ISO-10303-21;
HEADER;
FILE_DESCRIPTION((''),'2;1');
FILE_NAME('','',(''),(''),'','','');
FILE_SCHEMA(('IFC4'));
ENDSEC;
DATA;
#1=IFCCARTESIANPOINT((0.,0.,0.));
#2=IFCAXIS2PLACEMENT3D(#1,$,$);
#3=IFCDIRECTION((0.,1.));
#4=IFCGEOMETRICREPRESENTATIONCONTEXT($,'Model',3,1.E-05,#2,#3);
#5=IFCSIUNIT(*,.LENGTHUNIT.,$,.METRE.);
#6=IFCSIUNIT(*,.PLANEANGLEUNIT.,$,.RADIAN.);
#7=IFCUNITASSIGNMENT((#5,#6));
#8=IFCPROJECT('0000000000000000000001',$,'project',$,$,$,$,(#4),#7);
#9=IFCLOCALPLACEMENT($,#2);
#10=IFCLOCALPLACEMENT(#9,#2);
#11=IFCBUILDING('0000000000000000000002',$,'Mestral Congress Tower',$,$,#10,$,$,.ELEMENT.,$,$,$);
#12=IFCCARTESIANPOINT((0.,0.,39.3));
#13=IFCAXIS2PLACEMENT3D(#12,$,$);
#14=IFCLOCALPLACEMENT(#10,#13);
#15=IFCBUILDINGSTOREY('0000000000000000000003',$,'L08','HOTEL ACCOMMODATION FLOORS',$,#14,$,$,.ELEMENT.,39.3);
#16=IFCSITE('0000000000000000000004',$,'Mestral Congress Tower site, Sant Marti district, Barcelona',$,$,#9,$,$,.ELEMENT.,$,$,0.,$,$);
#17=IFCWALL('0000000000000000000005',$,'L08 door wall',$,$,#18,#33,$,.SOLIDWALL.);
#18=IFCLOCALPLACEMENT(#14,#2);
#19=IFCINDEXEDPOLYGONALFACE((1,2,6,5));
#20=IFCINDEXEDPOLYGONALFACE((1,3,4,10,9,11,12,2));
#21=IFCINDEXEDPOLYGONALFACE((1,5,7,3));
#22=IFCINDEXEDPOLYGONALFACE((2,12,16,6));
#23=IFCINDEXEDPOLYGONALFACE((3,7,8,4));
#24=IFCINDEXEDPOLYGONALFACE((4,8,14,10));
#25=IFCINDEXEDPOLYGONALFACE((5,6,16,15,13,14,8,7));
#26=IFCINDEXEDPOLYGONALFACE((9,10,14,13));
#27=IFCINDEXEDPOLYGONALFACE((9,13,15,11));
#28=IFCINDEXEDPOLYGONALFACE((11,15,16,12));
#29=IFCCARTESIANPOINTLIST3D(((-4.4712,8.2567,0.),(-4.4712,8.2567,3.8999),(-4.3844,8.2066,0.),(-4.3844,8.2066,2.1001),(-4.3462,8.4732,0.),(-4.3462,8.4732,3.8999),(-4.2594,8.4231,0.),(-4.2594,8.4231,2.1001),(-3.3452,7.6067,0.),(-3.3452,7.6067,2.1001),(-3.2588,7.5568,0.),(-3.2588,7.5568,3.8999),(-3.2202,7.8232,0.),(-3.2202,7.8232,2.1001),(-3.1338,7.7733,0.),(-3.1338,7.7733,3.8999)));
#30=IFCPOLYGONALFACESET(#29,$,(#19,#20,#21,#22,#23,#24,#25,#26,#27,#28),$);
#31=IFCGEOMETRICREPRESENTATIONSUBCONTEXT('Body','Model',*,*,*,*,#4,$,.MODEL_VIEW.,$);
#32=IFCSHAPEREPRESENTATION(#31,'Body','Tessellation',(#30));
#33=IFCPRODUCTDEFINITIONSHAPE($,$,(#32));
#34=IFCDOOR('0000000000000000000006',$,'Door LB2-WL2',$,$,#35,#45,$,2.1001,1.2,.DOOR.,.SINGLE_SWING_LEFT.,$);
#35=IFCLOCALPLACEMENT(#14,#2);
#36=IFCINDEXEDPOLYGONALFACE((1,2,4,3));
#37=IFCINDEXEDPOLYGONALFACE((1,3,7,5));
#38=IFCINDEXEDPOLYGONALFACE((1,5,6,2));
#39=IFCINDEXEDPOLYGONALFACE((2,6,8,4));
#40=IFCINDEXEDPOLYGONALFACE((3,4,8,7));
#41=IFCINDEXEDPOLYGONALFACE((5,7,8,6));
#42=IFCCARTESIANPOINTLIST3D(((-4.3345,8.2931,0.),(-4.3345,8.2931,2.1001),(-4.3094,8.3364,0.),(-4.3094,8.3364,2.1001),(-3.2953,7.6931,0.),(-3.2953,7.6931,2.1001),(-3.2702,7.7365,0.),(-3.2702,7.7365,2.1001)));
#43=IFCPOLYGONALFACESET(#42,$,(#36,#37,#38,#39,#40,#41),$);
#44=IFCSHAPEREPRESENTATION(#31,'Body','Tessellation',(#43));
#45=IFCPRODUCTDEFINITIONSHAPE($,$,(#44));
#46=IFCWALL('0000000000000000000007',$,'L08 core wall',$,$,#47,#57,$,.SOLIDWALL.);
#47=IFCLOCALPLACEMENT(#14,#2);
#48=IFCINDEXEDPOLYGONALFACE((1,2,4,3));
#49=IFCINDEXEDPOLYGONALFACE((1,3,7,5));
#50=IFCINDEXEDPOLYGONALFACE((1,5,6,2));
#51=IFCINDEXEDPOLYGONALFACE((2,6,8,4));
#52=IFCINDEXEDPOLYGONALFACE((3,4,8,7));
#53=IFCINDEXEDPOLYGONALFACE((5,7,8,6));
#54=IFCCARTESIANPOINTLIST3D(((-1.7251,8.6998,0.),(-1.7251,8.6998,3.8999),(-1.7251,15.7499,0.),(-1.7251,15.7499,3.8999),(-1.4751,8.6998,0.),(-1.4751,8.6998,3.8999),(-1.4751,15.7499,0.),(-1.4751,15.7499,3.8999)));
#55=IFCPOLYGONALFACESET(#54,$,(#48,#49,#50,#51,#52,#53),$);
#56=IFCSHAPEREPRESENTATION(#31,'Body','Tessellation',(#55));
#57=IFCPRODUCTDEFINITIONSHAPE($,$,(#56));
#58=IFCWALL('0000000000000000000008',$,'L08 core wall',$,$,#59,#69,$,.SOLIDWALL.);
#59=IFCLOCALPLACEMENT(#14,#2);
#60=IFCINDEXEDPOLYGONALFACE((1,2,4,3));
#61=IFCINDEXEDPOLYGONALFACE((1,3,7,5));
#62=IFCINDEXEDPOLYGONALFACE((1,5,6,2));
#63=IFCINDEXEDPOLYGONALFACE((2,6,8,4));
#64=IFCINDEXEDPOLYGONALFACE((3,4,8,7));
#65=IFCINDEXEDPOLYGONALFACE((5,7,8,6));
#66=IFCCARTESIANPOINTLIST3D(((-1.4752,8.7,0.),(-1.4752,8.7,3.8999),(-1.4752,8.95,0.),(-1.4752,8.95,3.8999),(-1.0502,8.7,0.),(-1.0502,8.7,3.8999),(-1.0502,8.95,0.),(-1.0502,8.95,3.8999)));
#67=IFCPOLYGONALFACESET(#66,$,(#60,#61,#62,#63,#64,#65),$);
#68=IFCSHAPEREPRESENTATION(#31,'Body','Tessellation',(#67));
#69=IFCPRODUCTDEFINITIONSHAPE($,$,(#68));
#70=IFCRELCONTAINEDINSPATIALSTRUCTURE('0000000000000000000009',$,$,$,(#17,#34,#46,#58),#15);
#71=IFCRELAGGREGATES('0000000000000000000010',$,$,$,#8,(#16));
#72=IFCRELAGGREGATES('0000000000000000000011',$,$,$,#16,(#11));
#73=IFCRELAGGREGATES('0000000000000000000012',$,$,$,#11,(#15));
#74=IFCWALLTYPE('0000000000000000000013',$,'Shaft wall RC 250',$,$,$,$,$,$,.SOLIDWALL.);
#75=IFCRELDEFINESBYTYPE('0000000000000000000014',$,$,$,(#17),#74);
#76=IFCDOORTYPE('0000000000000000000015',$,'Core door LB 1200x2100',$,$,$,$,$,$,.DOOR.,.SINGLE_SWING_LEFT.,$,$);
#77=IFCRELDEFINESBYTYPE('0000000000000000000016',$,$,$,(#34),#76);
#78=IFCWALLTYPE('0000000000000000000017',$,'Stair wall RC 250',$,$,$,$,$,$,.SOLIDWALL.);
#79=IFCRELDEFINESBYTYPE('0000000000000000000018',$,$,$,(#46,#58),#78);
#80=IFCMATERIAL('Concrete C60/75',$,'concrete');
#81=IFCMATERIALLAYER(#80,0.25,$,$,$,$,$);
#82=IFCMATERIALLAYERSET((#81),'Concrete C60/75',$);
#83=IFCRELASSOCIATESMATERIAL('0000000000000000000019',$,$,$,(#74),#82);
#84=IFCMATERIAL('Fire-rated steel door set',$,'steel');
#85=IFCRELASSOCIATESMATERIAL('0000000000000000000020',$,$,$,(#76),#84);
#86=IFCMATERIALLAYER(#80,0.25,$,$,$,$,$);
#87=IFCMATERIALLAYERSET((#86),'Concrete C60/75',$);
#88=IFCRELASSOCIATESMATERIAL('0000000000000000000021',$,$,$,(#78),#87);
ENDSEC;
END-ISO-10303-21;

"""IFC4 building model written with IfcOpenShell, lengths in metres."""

from ifc_helpers import new_model, si_unit, direction, frame, frame_2d, origin, place, context, subcontext, project, spatial, rectangle, extrude, material, layer, layer_set, type_object, element, fill, save


model = new_model("IFC4")

# Units and contexts
model_context = context("Model", 3, precision=1e-05, world=origin(), true_north=direction((0.0, 1.0)))
body_context = subcontext(model_context, "Body", "Model", "MODEL_VIEW")
ifc_project = project(units=[si_unit("LENGTHUNIT", "METRE"), si_unit("PLANEANGLEUNIT", "RADIAN")], contexts=[model_context])

# Site, building, storey
site_placement = place(None, origin())
site = spatial("IfcSite", under=ifc_project, at=site_placement, Name="Mestral Congress Tower site, Sant Marti district, Barcelona", CompositionType="ELEMENT", RefElevation=0.0)
building_placement = place(site_placement, origin())
building = spatial("IfcBuilding", under=site, at=building_placement, Name="Mestral Congress Tower", CompositionType="ELEMENT")
storey_placement = place(building_placement, frame((0.0, 0.0, 39.3)))
storey = spatial("IfcBuildingStorey", under=building, at=storey_placement, Name="L08", Description="HOTEL ACCOMMODATION FLOORS", CompositionType="ELEMENT", Elevation=39.3)

# Shared definitions
ifc_material_1 = material(Name="Fire-rated steel door set", Category="steel")

# Shared definitions
ifc_material_2 = material(Name="Concrete C60/75", Category="concrete")
ifc_layer_1 = layer(ifc_material_2, 0.25)
ifc_layer_set_1 = layer_set([ifc_layer_1], Name="Concrete C60/75")
wall_type_1 = type_object("IfcWallType", Name="Shaft wall RC 250", PredefinedType="SOLIDWALL", material=ifc_layer_set_1)

# Wall, opening, door
wall_1_placement = place(storey_placement, frame((-4.4087, 8.365, 0.0), z_axis=(0.0, 0.0, 1.0), x_axis=(0.866035, -0.499984, 0.0)))
wall_1 = element("IfcWall", 1, at=wall_1_placement, inside=storey, type_object=wall_type_1, Name="L08 door wall", PredefinedType="SOLIDWALL", context=body_context, shape_type="SweptSolid", body=[
    extrude(rectangle(XDim=1.3999, YDim=0.25, at=frame_2d((0.7, 0.0))), origin(), (0.0, 0.0, 1.0), 3.8999),
])
opening_1_placement = place(wall_1_placement, frame((0.1001, 0.0, 0.0)))
opening_1 = element("IfcOpeningElement", 2, at=opening_1_placement, cuts=wall_1, PredefinedType="OPENING", context=body_context, shape_type="SweptSolid", body=[
    extrude(rectangle(XDim=1.2, YDim=2.1001, at=frame_2d((0.6001, 1.05))), frame((0.0, 0.135, 0.0), z_axis=(0.0, -1.0, 0.0), x_axis=(1.0, 0.0, 0.0)), (0.0, 0.0, 1.0), 0.27),
])
door_type_1 = type_object("IfcDoorType", Name="Core door LB 1200x2100", OperationType="SINGLE_SWING_LEFT", PredefinedType="DOOR", material=ifc_material_1)
door_1_placement = place(opening_1_placement, origin())
door_1 = element("IfcDoor", 3, at=door_1_placement, inside=storey, type_object=door_type_1, Name="Door LB2-WL2", OperationType="SINGLE_SWING_LEFT", OverallHeight=2.1001, OverallWidth=1.2, PredefinedType="DOOR", context=body_context, shape_type="SweptSolid", body=[
    extrude(rectangle(XDim=1.2, YDim=2.1001, at=frame_2d((0.6001, 1.05))), frame((0.0, 0.0249, 0.0), z_axis=(0.0, -1.0, 0.0), x_axis=(1.0, 0.0, 0.0)), (0.0, 0.0, 1.0), 0.05),
])
fill(opening_1, door_1)

# Walls
ifc_layer_2 = layer(ifc_material_2, 0.25)
ifc_layer_set_2 = layer_set([ifc_layer_2], Name="Concrete C60/75")
wall_type_2 = type_object("IfcWallType", Name="Stair wall RC 250", PredefinedType="SOLIDWALL", material=ifc_layer_set_2)
wall_2_placement = place(storey_placement, frame((-1.6001, 8.7, 0.0), z_axis=(0.0, 0.0, 1.0), x_axis=(0.0, 1.0, 0.0)))
element("IfcWall", 4, at=wall_2_placement, inside=storey, type_object=wall_type_2, Name="L08 core wall", PredefinedType="SOLIDWALL", context=body_context, shape_type="SweptSolid", body=[
    extrude(rectangle(XDim=7.05, YDim=0.25, at=frame_2d((3.5249, 0.0))), origin(), (0.0, 0.0, 1.0), 3.8999),
])
wall_3_placement = place(storey_placement, frame((-1.4751, 8.825, 0.0), z_axis=(0.0, 0.0, 1.0), x_axis=(1.0, 0.0, 0.0)))
element("IfcWall", 5, at=wall_3_placement, inside=storey, type_object=wall_type_2, Name="L08 core wall", PredefinedType="SOLIDWALL", context=body_context, shape_type="SweptSolid", body=[
    extrude(rectangle(XDim=0.425, YDim=0.25, at=frame_2d((0.2124, 0.0))), origin(), (0.0, 0.0, 1.0), 3.8999),
])

save(model, "model.ifc")
